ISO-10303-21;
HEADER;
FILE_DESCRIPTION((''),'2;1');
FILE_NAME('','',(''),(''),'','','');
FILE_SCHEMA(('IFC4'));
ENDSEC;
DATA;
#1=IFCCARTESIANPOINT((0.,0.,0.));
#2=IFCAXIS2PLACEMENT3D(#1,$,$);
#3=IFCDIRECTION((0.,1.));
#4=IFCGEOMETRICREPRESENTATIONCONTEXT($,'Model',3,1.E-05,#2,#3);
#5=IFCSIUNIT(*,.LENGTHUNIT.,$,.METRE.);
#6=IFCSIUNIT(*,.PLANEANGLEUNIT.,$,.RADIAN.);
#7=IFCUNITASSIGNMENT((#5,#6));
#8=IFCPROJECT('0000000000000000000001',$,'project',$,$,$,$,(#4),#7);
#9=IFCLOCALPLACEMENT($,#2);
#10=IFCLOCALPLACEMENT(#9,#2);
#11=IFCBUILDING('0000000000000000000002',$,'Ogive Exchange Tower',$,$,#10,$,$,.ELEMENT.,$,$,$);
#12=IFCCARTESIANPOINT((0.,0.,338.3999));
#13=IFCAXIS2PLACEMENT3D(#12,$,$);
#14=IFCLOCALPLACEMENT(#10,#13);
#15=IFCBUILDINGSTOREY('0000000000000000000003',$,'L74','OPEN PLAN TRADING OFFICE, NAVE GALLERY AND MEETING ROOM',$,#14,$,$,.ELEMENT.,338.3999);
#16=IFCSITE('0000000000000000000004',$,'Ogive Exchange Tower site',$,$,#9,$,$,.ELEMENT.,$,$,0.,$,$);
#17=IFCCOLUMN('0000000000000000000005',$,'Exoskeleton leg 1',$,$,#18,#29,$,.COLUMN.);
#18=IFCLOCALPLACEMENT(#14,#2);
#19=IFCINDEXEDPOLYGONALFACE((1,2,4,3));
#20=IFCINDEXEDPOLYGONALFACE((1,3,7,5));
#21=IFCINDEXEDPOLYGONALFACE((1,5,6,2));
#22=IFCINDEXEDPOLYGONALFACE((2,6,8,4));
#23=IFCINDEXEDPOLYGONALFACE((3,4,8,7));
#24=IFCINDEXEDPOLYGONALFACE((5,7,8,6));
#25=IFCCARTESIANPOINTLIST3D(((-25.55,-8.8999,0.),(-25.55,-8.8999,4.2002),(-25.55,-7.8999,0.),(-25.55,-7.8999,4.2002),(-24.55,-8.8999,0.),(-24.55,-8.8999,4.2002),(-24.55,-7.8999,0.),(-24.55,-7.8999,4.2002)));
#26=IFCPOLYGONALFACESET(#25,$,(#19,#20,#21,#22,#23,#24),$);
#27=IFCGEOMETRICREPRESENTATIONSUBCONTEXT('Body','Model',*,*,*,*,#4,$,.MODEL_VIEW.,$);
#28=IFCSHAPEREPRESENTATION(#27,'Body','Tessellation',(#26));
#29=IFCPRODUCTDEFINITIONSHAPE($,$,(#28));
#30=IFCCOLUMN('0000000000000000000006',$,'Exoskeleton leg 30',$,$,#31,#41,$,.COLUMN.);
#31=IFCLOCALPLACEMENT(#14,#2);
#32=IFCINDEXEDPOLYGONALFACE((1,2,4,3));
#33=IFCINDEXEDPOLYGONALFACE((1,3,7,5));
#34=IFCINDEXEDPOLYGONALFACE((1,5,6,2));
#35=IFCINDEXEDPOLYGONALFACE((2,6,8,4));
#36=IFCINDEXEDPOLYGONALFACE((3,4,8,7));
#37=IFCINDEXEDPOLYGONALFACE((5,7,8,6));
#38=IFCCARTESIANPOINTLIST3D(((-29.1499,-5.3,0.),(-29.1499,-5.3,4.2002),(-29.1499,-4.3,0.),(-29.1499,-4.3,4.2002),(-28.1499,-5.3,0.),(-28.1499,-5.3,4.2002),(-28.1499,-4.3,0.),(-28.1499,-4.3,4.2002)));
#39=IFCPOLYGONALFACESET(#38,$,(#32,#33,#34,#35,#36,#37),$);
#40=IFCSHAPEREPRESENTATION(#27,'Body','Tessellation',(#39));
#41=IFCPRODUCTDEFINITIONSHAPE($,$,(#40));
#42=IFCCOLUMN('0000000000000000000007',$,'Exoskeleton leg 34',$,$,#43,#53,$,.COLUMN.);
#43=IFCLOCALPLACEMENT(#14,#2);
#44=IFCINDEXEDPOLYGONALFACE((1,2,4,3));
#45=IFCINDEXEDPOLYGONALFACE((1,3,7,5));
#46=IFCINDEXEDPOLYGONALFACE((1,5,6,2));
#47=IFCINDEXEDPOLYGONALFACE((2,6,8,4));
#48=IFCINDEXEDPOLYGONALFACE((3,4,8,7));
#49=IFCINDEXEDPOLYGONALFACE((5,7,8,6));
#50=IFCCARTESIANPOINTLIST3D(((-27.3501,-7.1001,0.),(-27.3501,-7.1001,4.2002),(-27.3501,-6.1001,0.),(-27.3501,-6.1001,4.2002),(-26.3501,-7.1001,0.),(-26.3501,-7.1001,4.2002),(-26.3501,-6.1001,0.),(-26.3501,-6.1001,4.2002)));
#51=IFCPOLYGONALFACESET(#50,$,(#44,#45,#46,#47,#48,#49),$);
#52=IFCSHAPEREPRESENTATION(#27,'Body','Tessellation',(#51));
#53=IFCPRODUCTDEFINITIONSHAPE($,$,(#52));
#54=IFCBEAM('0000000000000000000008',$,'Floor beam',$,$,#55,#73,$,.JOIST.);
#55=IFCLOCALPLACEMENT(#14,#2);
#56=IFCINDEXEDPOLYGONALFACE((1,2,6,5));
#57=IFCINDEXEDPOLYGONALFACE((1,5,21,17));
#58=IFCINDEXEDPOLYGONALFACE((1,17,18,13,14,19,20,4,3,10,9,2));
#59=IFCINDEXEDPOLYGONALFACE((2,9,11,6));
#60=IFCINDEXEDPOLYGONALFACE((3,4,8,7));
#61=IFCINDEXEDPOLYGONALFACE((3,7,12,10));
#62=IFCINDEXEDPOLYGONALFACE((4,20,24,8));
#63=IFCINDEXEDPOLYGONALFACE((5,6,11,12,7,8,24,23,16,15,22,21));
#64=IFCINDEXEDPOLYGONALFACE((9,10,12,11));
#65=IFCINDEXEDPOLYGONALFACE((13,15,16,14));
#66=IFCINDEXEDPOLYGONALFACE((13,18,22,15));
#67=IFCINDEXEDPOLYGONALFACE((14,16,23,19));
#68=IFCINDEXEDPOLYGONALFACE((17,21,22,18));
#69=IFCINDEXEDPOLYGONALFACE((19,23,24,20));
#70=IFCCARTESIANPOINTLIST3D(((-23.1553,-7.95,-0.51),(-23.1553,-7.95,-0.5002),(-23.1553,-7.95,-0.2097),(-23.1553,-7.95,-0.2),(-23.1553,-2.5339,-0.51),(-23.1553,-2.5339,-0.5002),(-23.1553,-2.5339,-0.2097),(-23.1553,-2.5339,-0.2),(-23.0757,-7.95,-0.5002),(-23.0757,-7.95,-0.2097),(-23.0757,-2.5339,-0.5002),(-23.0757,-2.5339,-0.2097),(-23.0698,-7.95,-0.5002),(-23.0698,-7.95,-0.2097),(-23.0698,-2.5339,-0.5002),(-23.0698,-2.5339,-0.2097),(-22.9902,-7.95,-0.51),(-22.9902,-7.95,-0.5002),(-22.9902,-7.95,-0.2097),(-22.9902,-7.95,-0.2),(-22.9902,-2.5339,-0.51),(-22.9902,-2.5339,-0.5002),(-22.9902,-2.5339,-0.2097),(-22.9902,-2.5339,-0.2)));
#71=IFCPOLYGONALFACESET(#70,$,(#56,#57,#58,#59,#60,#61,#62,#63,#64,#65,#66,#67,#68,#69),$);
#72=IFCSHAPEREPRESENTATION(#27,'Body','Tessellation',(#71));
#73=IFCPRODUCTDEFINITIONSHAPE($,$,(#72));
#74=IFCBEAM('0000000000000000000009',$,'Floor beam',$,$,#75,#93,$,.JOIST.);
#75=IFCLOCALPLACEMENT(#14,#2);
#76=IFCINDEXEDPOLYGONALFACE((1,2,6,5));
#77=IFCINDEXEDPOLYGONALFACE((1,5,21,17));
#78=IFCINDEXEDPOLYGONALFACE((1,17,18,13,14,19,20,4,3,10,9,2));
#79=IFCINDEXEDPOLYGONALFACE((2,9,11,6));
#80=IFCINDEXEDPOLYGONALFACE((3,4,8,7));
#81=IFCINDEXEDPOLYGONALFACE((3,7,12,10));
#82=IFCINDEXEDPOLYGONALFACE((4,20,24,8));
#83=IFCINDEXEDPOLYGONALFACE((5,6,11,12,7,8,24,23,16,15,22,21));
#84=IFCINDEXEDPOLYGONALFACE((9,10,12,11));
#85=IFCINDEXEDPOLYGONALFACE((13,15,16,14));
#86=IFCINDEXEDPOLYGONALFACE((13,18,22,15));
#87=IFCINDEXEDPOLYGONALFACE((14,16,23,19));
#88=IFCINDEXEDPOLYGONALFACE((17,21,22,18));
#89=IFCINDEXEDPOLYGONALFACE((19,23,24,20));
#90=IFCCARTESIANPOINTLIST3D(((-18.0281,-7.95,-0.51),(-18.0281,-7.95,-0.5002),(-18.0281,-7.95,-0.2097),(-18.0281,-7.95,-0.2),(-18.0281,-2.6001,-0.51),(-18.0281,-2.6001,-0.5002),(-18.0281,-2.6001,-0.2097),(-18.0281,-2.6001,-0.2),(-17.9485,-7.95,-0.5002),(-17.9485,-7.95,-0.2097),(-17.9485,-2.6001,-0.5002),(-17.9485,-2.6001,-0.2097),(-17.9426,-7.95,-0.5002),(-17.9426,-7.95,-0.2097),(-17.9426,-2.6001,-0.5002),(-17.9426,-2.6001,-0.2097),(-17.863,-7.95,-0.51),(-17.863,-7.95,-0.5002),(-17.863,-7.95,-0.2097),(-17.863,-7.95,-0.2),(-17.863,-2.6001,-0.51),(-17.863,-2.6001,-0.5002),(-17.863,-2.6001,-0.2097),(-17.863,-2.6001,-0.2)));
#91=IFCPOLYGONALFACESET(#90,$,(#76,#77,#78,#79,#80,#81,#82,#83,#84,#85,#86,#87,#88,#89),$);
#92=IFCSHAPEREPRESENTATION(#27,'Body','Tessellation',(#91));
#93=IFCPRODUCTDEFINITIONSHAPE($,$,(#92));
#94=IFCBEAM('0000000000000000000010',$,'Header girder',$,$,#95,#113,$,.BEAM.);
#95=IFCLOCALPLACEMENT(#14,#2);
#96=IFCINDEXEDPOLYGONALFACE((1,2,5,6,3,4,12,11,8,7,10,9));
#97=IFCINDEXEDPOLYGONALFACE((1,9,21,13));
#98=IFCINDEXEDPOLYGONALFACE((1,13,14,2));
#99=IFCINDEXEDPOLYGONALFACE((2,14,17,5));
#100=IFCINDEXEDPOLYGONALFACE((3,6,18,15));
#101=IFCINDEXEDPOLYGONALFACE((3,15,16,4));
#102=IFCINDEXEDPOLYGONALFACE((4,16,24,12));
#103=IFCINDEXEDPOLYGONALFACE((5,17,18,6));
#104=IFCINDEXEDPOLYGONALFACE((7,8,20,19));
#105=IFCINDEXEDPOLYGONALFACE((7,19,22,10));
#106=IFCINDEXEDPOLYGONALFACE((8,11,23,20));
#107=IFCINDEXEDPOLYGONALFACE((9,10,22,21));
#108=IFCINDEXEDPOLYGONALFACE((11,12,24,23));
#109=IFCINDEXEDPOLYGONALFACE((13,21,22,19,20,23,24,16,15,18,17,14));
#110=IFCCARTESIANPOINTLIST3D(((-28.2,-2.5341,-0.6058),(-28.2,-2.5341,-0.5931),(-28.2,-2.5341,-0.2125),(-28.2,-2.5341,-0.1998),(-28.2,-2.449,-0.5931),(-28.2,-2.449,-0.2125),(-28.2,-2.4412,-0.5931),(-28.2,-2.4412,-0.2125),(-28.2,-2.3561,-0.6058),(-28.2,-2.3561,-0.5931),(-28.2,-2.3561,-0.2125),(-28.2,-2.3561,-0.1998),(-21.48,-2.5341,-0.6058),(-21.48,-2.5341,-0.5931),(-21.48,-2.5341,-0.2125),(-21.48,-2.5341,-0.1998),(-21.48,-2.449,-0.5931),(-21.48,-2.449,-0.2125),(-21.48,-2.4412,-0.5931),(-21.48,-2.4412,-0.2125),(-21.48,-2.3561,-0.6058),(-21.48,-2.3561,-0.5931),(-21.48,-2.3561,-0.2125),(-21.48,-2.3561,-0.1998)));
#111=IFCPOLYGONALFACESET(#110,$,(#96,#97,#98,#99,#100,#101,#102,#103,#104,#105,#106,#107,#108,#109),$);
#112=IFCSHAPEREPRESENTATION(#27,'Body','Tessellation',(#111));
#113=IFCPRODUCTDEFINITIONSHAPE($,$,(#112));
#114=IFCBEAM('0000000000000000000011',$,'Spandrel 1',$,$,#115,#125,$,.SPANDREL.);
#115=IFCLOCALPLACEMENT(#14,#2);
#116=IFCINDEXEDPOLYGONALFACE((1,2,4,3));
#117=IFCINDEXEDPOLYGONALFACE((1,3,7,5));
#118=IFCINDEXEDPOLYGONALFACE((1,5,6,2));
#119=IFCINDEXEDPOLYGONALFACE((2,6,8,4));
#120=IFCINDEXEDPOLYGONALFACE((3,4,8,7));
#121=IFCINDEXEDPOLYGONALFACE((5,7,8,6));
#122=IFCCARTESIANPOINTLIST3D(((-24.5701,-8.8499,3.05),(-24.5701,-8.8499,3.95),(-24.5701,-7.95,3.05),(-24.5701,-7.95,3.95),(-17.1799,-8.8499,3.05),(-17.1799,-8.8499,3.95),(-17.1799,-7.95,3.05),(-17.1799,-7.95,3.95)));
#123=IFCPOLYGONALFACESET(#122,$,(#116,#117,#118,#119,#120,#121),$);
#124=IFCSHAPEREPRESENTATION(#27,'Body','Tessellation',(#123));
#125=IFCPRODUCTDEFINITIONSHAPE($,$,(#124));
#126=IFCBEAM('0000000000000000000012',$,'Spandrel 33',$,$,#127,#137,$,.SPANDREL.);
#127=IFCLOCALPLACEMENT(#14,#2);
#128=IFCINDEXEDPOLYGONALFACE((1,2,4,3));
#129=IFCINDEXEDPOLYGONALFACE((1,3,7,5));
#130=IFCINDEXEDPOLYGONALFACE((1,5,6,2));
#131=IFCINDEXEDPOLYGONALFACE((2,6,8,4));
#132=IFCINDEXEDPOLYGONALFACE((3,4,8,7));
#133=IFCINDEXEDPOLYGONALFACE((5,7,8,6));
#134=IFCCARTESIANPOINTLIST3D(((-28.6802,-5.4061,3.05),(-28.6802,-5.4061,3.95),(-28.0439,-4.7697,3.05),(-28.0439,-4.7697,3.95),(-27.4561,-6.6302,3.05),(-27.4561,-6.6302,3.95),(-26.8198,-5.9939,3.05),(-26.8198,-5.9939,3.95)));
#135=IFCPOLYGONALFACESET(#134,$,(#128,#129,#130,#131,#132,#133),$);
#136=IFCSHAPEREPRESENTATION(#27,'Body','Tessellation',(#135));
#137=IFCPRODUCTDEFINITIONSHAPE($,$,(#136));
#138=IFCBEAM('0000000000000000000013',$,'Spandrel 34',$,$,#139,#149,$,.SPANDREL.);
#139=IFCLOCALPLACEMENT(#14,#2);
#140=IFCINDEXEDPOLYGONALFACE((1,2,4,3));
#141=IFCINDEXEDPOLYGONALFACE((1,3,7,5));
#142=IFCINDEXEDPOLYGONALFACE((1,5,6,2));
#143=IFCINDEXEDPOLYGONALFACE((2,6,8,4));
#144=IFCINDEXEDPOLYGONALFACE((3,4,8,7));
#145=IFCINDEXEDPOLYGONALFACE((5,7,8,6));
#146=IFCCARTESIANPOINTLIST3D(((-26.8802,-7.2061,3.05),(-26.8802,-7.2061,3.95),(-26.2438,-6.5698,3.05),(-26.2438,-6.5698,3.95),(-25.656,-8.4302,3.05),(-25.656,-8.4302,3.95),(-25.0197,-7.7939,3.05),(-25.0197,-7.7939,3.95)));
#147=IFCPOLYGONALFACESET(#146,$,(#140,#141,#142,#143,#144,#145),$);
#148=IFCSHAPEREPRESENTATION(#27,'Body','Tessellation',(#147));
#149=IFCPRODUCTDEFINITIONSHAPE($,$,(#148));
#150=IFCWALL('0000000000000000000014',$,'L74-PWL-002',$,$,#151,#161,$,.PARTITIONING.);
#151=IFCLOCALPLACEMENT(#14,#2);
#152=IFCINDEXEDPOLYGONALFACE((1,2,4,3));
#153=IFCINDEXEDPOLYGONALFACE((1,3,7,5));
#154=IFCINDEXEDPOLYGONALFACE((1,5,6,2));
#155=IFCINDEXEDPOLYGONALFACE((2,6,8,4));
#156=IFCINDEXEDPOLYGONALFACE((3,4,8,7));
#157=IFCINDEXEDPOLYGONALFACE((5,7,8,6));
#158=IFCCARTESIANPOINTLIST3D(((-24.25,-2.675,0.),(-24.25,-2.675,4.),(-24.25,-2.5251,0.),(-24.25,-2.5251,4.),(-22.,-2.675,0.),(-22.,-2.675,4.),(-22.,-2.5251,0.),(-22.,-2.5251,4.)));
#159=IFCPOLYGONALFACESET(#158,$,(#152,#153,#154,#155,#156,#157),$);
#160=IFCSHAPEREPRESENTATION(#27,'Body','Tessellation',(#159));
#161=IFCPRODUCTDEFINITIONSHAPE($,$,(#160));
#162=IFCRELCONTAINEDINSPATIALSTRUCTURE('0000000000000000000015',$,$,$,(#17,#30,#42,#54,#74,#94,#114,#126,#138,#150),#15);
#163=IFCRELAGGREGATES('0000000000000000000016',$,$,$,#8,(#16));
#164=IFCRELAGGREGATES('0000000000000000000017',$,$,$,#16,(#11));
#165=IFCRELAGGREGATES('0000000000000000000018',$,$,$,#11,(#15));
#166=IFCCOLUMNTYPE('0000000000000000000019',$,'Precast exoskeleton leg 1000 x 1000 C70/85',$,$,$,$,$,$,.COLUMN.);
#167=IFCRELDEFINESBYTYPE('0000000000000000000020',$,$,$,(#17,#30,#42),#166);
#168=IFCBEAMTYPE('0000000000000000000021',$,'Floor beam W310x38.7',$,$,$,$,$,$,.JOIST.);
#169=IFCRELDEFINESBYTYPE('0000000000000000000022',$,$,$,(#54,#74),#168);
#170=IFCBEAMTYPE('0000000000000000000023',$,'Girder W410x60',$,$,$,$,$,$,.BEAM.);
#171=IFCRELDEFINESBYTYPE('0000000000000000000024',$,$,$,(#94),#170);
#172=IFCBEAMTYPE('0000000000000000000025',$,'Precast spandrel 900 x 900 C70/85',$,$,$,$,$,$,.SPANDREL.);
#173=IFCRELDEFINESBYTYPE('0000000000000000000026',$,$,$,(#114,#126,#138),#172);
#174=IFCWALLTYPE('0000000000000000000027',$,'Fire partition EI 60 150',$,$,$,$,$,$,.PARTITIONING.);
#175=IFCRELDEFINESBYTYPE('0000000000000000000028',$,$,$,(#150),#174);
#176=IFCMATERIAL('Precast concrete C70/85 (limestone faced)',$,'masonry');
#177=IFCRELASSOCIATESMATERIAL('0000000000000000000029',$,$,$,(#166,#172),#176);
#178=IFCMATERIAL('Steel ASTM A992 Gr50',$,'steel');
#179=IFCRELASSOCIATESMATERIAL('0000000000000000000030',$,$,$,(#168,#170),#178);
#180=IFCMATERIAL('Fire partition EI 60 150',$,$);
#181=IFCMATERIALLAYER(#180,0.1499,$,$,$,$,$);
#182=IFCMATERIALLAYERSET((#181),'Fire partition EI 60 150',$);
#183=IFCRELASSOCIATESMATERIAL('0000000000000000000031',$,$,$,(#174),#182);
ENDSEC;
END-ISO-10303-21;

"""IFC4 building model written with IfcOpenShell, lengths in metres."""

from ifc_helpers import new_model, si_unit, direction, frame, frame_2d, origin, origin_2d, place, context, subcontext, project, spatial, rectangle, i_section, extrude, material, layer, layer_set, material_profile, profile_set, type_object, element, save


model = new_model("IFC4")

# Units and contexts
model_context = context("Model", 3, precision=1e-05, world=origin(), true_north=direction((0.0, 1.0)))
body_context = subcontext(model_context, "Body", "Model", "MODEL_VIEW")
ifc_project = project(units=[si_unit("LENGTHUNIT", "METRE"), si_unit("PLANEANGLEUNIT", "RADIAN")], contexts=[model_context])

# Site, building, storey
site_placement = place(None, origin())
site = spatial("IfcSite", under=ifc_project, at=site_placement, Name="Ogive Exchange Tower site", CompositionType="ELEMENT", RefElevation=0.0)
building_placement = place(site_placement, origin())
building = spatial("IfcBuilding", under=site, at=building_placement, Name="Ogive Exchange Tower", CompositionType="ELEMENT")
storey_placement = place(building_placement, frame((0.0, 0.0, 338.3999)))
storey = spatial("IfcBuildingStorey", under=building, at=storey_placement, Name="L74", Description="OPEN PLAN TRADING OFFICE, NAVE GALLERY AND MEETING ROOM", CompositionType="ELEMENT", Elevation=338.3999)

# Columns
ifc_material_1 = material(Name="Precast concrete C70/85 (limestone faced)", Category="masonry")
ifc_material_profile_1 = material_profile(ifc_material_1, rectangle(XDim=1.0, YDim=1.0, at=origin_2d()), Name="1000 x 1000")
ifc_profile_set_1 = profile_set([ifc_material_profile_1], Name="Precast concrete C70/85 (limestone faced)")
column_type = type_object("IfcColumnType", Name="Precast exoskeleton leg 1000 x 1000 C70/85", PredefinedType="COLUMN", material=ifc_profile_set_1)
for number, where, z_axis, x_axis, name in (
    (1, (-25.05, -8.3999, 0.0), (0.0, 0.0, 1.0), (1.0, 0.0, 0.0), "Exoskeleton leg 1"),
    (2, (-28.6499, -4.8, 0.0), (0.0, 0.0, 1.0), (1.0, 0.0, 0.0), "Exoskeleton leg 30"),
    (3, (-26.8501, -6.6001, 0.0), (0.0, 0.0, 1.0), (1.0, 0.0, 0.0), "Exoskeleton leg 34"),
):
    element("IfcColumn", number, at=place(storey_placement, frame(where, z_axis=z_axis, x_axis=x_axis)), inside=storey, type_object=column_type, Name=name, PredefinedType="COLUMN", context=body_context, shape_type="SweptSolid", body=[
        extrude(rectangle(XDim=1.0, YDim=1.0, at=origin_2d()), origin(), (0.0, 0.0, 1.0), 4.2002),
    ])

# Beams
ifc_material_2 = material(Name="Steel ASTM A992 Gr50", Category="steel")
ifc_material_profile_2 = material_profile(ifc_material_2, i_section(OverallWidth=0.165, OverallDepth=0.3101, WebThickness=0.0059, FlangeThickness=0.0098, at=origin_2d()), Name="W310x38.7")
ifc_profile_set_2 = profile_set([ifc_material_profile_2], Name="Steel ASTM A992 Gr50")
beam_type_1 = type_object("IfcBeamType", Name="Floor beam W310x38.7", PredefinedType="JOIST", material=ifc_profile_set_2)
beam_1_placement = place(storey_placement, frame((-23.0728, -7.95, -0.355), z_axis=(0.0, 1.0, 0.0), x_axis=(-1.0, 0.0, 0.0)))
element("IfcBeam", 4, at=beam_1_placement, inside=storey, type_object=beam_type_1, Name="Floor beam", PredefinedType="JOIST", context=body_context, shape_type="SweptSolid", body=[
    extrude(i_section(OverallWidth=0.165, OverallDepth=0.3101, WebThickness=0.0059, FlangeThickness=0.0098, at=origin_2d()), origin(), (0.0, 0.0, 1.0), 5.416),
])
beam_2_placement = place(storey_placement, frame((-17.9456, -7.95, -0.355), z_axis=(0.0, 1.0, 0.0), x_axis=(-1.0, 0.0, 0.0)))
element("IfcBeam", 5, at=beam_2_placement, inside=storey, type_object=beam_type_1, Name="Floor beam", PredefinedType="JOIST", context=body_context, shape_type="SweptSolid", body=[
    extrude(i_section(OverallWidth=0.165, OverallDepth=0.3101, WebThickness=0.0059, FlangeThickness=0.0098, at=origin_2d()), origin(), (0.0, 0.0, 1.0), 5.3499),
])
ifc_material_profile_3 = material_profile(ifc_material_2, i_section(OverallWidth=0.178, OverallDepth=0.406, WebThickness=0.0078, FlangeThickness=0.0127, at=origin_2d()), Name="W410x60")
ifc_profile_set_3 = profile_set([ifc_material_profile_3], Name="Steel ASTM A992 Gr50")
beam_type_2 = type_object("IfcBeamType", Name="Girder W410x60", PredefinedType="BEAM", material=ifc_profile_set_3)
beam_3_placement = place(storey_placement, frame((-28.2, -2.4451, -0.4028), z_axis=(1.0, 0.0, 0.0), x_axis=(0.0, 1.0, 0.0)))
element("IfcBeam", 6, at=beam_3_placement, inside=storey, type_object=beam_type_2, Name="Header girder", PredefinedType="BEAM", context=body_context, shape_type="SweptSolid", body=[
    extrude(i_section(OverallWidth=0.178, OverallDepth=0.406, WebThickness=0.0078, FlangeThickness=0.0127, at=origin_2d()), origin(), (0.0, 0.0, 1.0), 6.72),
])
ifc_material_profile_4 = material_profile(ifc_material_1, rectangle(XDim=0.8999, YDim=0.8999, at=origin_2d()), Name="900 x 900")
ifc_profile_set_4 = profile_set([ifc_material_profile_4], Name="Precast concrete C70/85 (limestone faced)")
beam_type_3 = type_object("IfcBeamType", Name="Precast spandrel 900 x 900 C70/85", PredefinedType="SPANDREL", material=ifc_profile_set_4)
beam_4_placement = place(storey_placement, frame((-24.5701, -8.3999, 3.5), z_axis=(1.0, 0.0, 0.0), x_axis=(0.0, 1.0, 0.0)))
element("IfcBeam", 7, at=beam_4_placement, inside=storey, type_object=beam_type_3, Name="Spandrel 1", PredefinedType="SPANDREL", context=body_context, shape_type="SweptSolid", body=[
    extrude(rectangle(XDim=0.8999, YDim=0.8999, at=origin_2d()), origin(), (0.0, 0.0, 1.0), 7.3901),
])
for number, where, z_axis, x_axis, name in (
    (8, (-28.3621, -5.0879, 3.5), (0.707107, -0.707107, 0.0), (0.707107, 0.707107, 0.0), "Spandrel 33"),
    (9, (-26.562, -6.8879, 3.5), (0.707107, -0.707107, 0.0), (0.707107, 0.707107, 0.0), "Spandrel 34"),
):
    element("IfcBeam", number, at=place(storey_placement, frame(where, z_axis=z_axis, x_axis=x_axis)), inside=storey, type_object=beam_type_3, Name=name, PredefinedType="SPANDREL", context=body_context, shape_type="SweptSolid", body=[
        extrude(rectangle(XDim=0.8999, YDim=0.8999, at=origin_2d()), origin(), (0.0, 0.0, 1.0), 1.7312),
    ])

# Wall
ifc_material_3 = material(Name="Fire partition EI 60 150")
ifc_layer_1 = layer(ifc_material_3, 0.1499)
ifc_layer_set_1 = layer_set([ifc_layer_1], Name="Fire partition EI 60 150")
wall_type_1 = type_object("IfcWallType", Name="Fire partition EI 60 150", PredefinedType="PARTITIONING", material=ifc_layer_set_1)
wall_1_placement = place(storey_placement, frame((-24.25, -2.6001, 0.0), z_axis=(0.0, 0.0, 1.0), x_axis=(1.0, 0.0, 0.0)))
element("IfcWall", 10, at=wall_1_placement, inside=storey, type_object=wall_type_1, Name="L74-PWL-002", PredefinedType="PARTITIONING", context=body_context, shape_type="SweptSolid", body=[
    extrude(rectangle(XDim=2.25, YDim=0.1499, at=frame_2d((1.125, 0.0))), origin(), (0.0, 0.0, 1.0), 4.0),
])

save(model, "model.ifc")
